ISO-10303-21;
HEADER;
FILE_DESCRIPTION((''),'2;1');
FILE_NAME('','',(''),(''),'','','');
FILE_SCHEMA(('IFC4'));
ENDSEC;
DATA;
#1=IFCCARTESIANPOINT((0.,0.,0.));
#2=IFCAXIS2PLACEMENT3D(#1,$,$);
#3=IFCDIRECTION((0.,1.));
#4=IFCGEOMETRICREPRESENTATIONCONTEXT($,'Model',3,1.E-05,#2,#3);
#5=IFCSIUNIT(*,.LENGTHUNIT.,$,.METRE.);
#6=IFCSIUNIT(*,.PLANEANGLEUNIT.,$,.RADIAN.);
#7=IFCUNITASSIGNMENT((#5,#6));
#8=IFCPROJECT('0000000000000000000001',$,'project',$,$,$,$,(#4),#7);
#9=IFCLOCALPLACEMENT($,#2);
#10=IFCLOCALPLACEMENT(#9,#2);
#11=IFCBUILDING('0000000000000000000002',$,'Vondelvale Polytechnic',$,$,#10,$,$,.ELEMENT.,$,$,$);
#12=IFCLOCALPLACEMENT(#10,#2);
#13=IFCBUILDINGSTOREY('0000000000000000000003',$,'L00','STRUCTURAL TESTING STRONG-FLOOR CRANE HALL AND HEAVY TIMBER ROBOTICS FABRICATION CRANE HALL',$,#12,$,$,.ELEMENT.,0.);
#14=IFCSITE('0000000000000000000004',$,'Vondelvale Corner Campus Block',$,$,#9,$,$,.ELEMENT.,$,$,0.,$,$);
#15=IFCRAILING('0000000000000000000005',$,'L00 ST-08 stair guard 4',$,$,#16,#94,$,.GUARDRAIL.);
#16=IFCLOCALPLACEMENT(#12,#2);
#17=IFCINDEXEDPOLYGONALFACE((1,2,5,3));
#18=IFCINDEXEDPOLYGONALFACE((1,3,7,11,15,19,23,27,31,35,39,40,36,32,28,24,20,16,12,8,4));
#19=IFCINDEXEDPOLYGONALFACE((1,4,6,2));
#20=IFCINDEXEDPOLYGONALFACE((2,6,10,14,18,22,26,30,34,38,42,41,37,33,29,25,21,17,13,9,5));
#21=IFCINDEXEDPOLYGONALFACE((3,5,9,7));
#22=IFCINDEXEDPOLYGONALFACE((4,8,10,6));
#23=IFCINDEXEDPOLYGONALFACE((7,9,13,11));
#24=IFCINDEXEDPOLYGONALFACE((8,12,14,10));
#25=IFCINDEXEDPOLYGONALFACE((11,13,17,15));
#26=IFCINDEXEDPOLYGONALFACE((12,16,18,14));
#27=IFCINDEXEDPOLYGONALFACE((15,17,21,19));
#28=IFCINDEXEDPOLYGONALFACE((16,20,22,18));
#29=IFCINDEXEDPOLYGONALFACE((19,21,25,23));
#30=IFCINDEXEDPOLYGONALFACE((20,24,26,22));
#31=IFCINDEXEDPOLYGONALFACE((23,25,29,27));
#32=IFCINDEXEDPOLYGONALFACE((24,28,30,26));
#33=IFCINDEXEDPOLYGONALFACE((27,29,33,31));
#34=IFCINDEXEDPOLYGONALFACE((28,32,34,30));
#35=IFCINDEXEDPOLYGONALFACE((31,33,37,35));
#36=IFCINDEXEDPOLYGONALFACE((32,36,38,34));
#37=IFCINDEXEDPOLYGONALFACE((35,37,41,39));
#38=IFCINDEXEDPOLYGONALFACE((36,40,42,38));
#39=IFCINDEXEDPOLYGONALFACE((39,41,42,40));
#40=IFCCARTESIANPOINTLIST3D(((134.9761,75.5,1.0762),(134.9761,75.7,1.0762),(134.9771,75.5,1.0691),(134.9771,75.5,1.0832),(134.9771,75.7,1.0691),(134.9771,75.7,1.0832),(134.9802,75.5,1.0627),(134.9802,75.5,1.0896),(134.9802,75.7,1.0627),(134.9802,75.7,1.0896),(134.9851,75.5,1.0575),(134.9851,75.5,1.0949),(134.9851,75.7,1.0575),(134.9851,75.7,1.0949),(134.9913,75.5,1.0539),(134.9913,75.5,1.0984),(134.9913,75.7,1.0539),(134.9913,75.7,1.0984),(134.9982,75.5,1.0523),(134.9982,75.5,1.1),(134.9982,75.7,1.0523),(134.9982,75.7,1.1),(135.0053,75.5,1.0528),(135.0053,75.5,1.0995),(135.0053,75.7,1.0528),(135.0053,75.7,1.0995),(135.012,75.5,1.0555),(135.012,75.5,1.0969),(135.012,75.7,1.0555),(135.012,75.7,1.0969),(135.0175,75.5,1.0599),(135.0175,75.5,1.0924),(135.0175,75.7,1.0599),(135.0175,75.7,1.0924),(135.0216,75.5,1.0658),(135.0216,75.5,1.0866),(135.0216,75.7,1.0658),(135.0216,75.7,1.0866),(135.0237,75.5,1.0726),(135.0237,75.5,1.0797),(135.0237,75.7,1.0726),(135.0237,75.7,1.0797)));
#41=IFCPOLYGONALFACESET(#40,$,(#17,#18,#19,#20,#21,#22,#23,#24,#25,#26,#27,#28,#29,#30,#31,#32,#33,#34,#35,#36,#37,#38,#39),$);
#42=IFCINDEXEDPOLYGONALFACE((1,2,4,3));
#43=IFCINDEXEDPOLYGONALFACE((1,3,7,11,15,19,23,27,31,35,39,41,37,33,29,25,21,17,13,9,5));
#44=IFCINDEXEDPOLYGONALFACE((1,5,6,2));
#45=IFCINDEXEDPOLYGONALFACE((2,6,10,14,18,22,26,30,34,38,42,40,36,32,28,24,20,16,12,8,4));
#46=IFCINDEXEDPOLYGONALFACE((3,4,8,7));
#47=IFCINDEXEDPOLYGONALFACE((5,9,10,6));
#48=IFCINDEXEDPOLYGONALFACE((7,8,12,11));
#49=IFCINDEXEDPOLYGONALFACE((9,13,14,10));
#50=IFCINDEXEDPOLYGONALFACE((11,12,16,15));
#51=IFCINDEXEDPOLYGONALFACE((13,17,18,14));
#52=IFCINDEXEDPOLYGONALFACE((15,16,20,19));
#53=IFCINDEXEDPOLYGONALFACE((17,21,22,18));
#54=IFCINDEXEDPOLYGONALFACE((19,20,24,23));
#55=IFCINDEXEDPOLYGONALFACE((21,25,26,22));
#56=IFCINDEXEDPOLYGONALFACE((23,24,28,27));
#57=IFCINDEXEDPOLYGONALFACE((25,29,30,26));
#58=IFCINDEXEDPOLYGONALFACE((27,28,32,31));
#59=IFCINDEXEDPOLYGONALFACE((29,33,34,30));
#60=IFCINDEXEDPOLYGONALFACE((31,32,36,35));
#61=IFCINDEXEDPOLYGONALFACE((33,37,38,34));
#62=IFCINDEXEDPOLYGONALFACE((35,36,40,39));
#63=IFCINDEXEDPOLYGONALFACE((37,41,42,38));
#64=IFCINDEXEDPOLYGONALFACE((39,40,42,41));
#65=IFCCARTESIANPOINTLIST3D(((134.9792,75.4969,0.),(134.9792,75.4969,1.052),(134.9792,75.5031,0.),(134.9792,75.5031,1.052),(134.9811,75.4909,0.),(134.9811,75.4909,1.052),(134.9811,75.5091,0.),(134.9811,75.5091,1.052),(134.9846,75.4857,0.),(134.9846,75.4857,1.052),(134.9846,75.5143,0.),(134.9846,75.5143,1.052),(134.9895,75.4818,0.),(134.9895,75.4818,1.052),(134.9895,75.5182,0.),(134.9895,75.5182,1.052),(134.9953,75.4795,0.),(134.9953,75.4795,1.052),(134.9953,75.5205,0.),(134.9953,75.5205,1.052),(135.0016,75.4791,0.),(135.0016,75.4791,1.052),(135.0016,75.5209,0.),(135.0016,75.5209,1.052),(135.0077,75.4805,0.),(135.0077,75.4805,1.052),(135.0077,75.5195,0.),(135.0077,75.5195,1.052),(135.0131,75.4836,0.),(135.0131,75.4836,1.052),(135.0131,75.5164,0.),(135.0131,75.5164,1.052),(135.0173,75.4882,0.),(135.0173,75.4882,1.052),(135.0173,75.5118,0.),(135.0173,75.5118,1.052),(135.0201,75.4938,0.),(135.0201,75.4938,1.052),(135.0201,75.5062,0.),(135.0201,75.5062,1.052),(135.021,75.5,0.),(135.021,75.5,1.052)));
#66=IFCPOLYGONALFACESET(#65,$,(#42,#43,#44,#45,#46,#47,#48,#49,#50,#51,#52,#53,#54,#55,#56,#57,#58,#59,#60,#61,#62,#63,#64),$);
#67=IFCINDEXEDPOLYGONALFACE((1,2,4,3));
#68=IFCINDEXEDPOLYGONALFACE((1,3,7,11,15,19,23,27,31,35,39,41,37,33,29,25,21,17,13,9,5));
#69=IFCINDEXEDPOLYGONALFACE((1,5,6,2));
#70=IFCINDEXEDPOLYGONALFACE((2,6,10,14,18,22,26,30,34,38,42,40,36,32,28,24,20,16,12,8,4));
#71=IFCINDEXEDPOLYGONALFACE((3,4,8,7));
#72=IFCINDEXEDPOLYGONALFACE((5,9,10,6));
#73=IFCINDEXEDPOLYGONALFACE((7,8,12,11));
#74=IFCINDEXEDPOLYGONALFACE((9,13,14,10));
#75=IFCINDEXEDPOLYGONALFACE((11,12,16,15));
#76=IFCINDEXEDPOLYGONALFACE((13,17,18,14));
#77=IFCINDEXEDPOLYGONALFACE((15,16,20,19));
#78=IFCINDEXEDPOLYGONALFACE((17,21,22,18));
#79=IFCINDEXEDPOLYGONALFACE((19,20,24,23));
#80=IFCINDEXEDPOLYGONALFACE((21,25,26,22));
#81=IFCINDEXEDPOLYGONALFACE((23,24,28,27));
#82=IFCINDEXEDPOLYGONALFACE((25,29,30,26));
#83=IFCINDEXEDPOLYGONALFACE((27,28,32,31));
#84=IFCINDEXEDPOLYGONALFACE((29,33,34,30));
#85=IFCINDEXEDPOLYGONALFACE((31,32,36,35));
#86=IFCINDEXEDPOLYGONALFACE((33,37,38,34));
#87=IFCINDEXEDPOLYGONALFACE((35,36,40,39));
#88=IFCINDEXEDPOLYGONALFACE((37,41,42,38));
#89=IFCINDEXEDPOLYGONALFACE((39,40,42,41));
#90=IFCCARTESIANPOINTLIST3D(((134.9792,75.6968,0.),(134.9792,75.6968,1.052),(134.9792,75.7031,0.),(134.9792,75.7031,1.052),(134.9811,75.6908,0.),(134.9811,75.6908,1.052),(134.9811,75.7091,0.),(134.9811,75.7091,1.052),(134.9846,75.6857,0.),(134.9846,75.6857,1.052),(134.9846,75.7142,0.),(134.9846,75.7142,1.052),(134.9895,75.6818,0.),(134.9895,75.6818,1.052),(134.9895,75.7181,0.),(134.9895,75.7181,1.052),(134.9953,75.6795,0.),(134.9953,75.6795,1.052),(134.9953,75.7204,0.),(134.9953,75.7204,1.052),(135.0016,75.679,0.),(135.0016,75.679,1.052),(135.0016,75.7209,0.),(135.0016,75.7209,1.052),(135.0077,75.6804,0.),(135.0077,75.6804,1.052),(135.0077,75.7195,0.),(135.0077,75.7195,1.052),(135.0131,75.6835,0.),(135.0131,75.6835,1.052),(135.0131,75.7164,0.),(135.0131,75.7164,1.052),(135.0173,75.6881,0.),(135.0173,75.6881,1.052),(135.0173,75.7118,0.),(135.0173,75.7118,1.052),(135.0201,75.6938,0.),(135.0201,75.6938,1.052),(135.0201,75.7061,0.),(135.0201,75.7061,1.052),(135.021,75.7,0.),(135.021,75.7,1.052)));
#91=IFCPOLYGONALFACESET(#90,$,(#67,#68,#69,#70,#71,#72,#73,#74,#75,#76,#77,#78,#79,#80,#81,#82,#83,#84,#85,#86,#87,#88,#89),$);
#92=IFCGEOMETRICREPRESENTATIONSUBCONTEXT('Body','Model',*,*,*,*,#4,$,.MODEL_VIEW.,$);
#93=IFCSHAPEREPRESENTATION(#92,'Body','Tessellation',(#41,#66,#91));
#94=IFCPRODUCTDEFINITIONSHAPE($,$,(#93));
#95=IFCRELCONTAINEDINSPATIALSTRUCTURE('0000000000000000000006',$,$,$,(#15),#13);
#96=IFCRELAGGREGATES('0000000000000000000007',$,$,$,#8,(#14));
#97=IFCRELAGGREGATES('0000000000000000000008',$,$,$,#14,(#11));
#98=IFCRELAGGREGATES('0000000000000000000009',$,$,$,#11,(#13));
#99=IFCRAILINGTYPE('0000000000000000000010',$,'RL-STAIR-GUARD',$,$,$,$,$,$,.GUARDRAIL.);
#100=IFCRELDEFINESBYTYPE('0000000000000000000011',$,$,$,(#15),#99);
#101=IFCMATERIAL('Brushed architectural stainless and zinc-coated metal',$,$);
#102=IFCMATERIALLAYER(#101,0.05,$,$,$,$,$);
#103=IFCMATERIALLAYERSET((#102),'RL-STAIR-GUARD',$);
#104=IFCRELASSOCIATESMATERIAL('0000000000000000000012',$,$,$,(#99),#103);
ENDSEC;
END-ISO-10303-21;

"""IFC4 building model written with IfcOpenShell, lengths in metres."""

from ifc_helpers import new_model, si_unit, direction, frame, origin, origin_2d, place, context, subcontext, project, spatial, circle, extrude, material, layer, layer_set, type_object, element, save


model = new_model("IFC4")

# Units and contexts
model_context = context("Model", 3, precision=1e-05, world=origin(), true_north=direction((0.0, 1.0)))
body_context = subcontext(model_context, "Body", "Model", "MODEL_VIEW")
ifc_project = project(units=[si_unit("LENGTHUNIT", "METRE"), si_unit("PLANEANGLEUNIT", "RADIAN")], contexts=[model_context])

# Site, building, storey
site_placement = place(None, origin())
site = spatial("IfcSite", under=ifc_project, at=site_placement, Name="Vondelvale Corner Campus Block", CompositionType="ELEMENT", RefElevation=0.0)
building_placement = place(site_placement, origin())
building = spatial("IfcBuilding", under=site, at=building_placement, Name="Vondelvale Polytechnic", CompositionType="ELEMENT")
storey_placement = place(building_placement, origin())
storey = spatial("IfcBuildingStorey", under=building, at=storey_placement, Name="L00", Description="STRUCTURAL TESTING STRONG-FLOOR CRANE HALL AND HEAVY TIMBER ROBOTICS FABRICATION CRANE HALL", CompositionType="ELEMENT", Elevation=0.0)

# Railing
ifc_material_1 = material(Name="Brushed architectural stainless and zinc-coated metal")
ifc_layer_1 = layer(ifc_material_1, 0.05)
ifc_layer_set_1 = layer_set([ifc_layer_1], Name="RL-STAIR-GUARD")
railing_type_1 = type_object("IfcRailingType", Name="RL-STAIR-GUARD", PredefinedType="GUARDRAIL", material=ifc_layer_set_1)
railing_1_placement = place(storey_placement, frame((135.0, 75.5, 0.0)))
element("IfcRailing", 1, at=railing_1_placement, inside=storey, type_object=railing_type_1, Name="L00 ST-08 stair guard 4", PredefinedType="GUARDRAIL", context=body_context, shape_type="SweptSolid", body=[
    extrude(circle(Radius=0.0239, at=origin_2d()), frame((0.0, 0.0, 1.0762), z_axis=(0.0, 1.0, 0.0), x_axis=(-1.0, 0.0, 0.0)), (0.0, 0.0, 1.0), 0.2),
    extrude(circle(Radius=0.021, at=origin_2d()), origin(), (0.0, 0.0, 1.0), 1.052),
    extrude(circle(Radius=0.021, at=origin_2d()), frame((0.0, 0.2, 0.0)), (0.0, 0.0, 1.0), 1.052),
])

save(model, "model.ifc")
